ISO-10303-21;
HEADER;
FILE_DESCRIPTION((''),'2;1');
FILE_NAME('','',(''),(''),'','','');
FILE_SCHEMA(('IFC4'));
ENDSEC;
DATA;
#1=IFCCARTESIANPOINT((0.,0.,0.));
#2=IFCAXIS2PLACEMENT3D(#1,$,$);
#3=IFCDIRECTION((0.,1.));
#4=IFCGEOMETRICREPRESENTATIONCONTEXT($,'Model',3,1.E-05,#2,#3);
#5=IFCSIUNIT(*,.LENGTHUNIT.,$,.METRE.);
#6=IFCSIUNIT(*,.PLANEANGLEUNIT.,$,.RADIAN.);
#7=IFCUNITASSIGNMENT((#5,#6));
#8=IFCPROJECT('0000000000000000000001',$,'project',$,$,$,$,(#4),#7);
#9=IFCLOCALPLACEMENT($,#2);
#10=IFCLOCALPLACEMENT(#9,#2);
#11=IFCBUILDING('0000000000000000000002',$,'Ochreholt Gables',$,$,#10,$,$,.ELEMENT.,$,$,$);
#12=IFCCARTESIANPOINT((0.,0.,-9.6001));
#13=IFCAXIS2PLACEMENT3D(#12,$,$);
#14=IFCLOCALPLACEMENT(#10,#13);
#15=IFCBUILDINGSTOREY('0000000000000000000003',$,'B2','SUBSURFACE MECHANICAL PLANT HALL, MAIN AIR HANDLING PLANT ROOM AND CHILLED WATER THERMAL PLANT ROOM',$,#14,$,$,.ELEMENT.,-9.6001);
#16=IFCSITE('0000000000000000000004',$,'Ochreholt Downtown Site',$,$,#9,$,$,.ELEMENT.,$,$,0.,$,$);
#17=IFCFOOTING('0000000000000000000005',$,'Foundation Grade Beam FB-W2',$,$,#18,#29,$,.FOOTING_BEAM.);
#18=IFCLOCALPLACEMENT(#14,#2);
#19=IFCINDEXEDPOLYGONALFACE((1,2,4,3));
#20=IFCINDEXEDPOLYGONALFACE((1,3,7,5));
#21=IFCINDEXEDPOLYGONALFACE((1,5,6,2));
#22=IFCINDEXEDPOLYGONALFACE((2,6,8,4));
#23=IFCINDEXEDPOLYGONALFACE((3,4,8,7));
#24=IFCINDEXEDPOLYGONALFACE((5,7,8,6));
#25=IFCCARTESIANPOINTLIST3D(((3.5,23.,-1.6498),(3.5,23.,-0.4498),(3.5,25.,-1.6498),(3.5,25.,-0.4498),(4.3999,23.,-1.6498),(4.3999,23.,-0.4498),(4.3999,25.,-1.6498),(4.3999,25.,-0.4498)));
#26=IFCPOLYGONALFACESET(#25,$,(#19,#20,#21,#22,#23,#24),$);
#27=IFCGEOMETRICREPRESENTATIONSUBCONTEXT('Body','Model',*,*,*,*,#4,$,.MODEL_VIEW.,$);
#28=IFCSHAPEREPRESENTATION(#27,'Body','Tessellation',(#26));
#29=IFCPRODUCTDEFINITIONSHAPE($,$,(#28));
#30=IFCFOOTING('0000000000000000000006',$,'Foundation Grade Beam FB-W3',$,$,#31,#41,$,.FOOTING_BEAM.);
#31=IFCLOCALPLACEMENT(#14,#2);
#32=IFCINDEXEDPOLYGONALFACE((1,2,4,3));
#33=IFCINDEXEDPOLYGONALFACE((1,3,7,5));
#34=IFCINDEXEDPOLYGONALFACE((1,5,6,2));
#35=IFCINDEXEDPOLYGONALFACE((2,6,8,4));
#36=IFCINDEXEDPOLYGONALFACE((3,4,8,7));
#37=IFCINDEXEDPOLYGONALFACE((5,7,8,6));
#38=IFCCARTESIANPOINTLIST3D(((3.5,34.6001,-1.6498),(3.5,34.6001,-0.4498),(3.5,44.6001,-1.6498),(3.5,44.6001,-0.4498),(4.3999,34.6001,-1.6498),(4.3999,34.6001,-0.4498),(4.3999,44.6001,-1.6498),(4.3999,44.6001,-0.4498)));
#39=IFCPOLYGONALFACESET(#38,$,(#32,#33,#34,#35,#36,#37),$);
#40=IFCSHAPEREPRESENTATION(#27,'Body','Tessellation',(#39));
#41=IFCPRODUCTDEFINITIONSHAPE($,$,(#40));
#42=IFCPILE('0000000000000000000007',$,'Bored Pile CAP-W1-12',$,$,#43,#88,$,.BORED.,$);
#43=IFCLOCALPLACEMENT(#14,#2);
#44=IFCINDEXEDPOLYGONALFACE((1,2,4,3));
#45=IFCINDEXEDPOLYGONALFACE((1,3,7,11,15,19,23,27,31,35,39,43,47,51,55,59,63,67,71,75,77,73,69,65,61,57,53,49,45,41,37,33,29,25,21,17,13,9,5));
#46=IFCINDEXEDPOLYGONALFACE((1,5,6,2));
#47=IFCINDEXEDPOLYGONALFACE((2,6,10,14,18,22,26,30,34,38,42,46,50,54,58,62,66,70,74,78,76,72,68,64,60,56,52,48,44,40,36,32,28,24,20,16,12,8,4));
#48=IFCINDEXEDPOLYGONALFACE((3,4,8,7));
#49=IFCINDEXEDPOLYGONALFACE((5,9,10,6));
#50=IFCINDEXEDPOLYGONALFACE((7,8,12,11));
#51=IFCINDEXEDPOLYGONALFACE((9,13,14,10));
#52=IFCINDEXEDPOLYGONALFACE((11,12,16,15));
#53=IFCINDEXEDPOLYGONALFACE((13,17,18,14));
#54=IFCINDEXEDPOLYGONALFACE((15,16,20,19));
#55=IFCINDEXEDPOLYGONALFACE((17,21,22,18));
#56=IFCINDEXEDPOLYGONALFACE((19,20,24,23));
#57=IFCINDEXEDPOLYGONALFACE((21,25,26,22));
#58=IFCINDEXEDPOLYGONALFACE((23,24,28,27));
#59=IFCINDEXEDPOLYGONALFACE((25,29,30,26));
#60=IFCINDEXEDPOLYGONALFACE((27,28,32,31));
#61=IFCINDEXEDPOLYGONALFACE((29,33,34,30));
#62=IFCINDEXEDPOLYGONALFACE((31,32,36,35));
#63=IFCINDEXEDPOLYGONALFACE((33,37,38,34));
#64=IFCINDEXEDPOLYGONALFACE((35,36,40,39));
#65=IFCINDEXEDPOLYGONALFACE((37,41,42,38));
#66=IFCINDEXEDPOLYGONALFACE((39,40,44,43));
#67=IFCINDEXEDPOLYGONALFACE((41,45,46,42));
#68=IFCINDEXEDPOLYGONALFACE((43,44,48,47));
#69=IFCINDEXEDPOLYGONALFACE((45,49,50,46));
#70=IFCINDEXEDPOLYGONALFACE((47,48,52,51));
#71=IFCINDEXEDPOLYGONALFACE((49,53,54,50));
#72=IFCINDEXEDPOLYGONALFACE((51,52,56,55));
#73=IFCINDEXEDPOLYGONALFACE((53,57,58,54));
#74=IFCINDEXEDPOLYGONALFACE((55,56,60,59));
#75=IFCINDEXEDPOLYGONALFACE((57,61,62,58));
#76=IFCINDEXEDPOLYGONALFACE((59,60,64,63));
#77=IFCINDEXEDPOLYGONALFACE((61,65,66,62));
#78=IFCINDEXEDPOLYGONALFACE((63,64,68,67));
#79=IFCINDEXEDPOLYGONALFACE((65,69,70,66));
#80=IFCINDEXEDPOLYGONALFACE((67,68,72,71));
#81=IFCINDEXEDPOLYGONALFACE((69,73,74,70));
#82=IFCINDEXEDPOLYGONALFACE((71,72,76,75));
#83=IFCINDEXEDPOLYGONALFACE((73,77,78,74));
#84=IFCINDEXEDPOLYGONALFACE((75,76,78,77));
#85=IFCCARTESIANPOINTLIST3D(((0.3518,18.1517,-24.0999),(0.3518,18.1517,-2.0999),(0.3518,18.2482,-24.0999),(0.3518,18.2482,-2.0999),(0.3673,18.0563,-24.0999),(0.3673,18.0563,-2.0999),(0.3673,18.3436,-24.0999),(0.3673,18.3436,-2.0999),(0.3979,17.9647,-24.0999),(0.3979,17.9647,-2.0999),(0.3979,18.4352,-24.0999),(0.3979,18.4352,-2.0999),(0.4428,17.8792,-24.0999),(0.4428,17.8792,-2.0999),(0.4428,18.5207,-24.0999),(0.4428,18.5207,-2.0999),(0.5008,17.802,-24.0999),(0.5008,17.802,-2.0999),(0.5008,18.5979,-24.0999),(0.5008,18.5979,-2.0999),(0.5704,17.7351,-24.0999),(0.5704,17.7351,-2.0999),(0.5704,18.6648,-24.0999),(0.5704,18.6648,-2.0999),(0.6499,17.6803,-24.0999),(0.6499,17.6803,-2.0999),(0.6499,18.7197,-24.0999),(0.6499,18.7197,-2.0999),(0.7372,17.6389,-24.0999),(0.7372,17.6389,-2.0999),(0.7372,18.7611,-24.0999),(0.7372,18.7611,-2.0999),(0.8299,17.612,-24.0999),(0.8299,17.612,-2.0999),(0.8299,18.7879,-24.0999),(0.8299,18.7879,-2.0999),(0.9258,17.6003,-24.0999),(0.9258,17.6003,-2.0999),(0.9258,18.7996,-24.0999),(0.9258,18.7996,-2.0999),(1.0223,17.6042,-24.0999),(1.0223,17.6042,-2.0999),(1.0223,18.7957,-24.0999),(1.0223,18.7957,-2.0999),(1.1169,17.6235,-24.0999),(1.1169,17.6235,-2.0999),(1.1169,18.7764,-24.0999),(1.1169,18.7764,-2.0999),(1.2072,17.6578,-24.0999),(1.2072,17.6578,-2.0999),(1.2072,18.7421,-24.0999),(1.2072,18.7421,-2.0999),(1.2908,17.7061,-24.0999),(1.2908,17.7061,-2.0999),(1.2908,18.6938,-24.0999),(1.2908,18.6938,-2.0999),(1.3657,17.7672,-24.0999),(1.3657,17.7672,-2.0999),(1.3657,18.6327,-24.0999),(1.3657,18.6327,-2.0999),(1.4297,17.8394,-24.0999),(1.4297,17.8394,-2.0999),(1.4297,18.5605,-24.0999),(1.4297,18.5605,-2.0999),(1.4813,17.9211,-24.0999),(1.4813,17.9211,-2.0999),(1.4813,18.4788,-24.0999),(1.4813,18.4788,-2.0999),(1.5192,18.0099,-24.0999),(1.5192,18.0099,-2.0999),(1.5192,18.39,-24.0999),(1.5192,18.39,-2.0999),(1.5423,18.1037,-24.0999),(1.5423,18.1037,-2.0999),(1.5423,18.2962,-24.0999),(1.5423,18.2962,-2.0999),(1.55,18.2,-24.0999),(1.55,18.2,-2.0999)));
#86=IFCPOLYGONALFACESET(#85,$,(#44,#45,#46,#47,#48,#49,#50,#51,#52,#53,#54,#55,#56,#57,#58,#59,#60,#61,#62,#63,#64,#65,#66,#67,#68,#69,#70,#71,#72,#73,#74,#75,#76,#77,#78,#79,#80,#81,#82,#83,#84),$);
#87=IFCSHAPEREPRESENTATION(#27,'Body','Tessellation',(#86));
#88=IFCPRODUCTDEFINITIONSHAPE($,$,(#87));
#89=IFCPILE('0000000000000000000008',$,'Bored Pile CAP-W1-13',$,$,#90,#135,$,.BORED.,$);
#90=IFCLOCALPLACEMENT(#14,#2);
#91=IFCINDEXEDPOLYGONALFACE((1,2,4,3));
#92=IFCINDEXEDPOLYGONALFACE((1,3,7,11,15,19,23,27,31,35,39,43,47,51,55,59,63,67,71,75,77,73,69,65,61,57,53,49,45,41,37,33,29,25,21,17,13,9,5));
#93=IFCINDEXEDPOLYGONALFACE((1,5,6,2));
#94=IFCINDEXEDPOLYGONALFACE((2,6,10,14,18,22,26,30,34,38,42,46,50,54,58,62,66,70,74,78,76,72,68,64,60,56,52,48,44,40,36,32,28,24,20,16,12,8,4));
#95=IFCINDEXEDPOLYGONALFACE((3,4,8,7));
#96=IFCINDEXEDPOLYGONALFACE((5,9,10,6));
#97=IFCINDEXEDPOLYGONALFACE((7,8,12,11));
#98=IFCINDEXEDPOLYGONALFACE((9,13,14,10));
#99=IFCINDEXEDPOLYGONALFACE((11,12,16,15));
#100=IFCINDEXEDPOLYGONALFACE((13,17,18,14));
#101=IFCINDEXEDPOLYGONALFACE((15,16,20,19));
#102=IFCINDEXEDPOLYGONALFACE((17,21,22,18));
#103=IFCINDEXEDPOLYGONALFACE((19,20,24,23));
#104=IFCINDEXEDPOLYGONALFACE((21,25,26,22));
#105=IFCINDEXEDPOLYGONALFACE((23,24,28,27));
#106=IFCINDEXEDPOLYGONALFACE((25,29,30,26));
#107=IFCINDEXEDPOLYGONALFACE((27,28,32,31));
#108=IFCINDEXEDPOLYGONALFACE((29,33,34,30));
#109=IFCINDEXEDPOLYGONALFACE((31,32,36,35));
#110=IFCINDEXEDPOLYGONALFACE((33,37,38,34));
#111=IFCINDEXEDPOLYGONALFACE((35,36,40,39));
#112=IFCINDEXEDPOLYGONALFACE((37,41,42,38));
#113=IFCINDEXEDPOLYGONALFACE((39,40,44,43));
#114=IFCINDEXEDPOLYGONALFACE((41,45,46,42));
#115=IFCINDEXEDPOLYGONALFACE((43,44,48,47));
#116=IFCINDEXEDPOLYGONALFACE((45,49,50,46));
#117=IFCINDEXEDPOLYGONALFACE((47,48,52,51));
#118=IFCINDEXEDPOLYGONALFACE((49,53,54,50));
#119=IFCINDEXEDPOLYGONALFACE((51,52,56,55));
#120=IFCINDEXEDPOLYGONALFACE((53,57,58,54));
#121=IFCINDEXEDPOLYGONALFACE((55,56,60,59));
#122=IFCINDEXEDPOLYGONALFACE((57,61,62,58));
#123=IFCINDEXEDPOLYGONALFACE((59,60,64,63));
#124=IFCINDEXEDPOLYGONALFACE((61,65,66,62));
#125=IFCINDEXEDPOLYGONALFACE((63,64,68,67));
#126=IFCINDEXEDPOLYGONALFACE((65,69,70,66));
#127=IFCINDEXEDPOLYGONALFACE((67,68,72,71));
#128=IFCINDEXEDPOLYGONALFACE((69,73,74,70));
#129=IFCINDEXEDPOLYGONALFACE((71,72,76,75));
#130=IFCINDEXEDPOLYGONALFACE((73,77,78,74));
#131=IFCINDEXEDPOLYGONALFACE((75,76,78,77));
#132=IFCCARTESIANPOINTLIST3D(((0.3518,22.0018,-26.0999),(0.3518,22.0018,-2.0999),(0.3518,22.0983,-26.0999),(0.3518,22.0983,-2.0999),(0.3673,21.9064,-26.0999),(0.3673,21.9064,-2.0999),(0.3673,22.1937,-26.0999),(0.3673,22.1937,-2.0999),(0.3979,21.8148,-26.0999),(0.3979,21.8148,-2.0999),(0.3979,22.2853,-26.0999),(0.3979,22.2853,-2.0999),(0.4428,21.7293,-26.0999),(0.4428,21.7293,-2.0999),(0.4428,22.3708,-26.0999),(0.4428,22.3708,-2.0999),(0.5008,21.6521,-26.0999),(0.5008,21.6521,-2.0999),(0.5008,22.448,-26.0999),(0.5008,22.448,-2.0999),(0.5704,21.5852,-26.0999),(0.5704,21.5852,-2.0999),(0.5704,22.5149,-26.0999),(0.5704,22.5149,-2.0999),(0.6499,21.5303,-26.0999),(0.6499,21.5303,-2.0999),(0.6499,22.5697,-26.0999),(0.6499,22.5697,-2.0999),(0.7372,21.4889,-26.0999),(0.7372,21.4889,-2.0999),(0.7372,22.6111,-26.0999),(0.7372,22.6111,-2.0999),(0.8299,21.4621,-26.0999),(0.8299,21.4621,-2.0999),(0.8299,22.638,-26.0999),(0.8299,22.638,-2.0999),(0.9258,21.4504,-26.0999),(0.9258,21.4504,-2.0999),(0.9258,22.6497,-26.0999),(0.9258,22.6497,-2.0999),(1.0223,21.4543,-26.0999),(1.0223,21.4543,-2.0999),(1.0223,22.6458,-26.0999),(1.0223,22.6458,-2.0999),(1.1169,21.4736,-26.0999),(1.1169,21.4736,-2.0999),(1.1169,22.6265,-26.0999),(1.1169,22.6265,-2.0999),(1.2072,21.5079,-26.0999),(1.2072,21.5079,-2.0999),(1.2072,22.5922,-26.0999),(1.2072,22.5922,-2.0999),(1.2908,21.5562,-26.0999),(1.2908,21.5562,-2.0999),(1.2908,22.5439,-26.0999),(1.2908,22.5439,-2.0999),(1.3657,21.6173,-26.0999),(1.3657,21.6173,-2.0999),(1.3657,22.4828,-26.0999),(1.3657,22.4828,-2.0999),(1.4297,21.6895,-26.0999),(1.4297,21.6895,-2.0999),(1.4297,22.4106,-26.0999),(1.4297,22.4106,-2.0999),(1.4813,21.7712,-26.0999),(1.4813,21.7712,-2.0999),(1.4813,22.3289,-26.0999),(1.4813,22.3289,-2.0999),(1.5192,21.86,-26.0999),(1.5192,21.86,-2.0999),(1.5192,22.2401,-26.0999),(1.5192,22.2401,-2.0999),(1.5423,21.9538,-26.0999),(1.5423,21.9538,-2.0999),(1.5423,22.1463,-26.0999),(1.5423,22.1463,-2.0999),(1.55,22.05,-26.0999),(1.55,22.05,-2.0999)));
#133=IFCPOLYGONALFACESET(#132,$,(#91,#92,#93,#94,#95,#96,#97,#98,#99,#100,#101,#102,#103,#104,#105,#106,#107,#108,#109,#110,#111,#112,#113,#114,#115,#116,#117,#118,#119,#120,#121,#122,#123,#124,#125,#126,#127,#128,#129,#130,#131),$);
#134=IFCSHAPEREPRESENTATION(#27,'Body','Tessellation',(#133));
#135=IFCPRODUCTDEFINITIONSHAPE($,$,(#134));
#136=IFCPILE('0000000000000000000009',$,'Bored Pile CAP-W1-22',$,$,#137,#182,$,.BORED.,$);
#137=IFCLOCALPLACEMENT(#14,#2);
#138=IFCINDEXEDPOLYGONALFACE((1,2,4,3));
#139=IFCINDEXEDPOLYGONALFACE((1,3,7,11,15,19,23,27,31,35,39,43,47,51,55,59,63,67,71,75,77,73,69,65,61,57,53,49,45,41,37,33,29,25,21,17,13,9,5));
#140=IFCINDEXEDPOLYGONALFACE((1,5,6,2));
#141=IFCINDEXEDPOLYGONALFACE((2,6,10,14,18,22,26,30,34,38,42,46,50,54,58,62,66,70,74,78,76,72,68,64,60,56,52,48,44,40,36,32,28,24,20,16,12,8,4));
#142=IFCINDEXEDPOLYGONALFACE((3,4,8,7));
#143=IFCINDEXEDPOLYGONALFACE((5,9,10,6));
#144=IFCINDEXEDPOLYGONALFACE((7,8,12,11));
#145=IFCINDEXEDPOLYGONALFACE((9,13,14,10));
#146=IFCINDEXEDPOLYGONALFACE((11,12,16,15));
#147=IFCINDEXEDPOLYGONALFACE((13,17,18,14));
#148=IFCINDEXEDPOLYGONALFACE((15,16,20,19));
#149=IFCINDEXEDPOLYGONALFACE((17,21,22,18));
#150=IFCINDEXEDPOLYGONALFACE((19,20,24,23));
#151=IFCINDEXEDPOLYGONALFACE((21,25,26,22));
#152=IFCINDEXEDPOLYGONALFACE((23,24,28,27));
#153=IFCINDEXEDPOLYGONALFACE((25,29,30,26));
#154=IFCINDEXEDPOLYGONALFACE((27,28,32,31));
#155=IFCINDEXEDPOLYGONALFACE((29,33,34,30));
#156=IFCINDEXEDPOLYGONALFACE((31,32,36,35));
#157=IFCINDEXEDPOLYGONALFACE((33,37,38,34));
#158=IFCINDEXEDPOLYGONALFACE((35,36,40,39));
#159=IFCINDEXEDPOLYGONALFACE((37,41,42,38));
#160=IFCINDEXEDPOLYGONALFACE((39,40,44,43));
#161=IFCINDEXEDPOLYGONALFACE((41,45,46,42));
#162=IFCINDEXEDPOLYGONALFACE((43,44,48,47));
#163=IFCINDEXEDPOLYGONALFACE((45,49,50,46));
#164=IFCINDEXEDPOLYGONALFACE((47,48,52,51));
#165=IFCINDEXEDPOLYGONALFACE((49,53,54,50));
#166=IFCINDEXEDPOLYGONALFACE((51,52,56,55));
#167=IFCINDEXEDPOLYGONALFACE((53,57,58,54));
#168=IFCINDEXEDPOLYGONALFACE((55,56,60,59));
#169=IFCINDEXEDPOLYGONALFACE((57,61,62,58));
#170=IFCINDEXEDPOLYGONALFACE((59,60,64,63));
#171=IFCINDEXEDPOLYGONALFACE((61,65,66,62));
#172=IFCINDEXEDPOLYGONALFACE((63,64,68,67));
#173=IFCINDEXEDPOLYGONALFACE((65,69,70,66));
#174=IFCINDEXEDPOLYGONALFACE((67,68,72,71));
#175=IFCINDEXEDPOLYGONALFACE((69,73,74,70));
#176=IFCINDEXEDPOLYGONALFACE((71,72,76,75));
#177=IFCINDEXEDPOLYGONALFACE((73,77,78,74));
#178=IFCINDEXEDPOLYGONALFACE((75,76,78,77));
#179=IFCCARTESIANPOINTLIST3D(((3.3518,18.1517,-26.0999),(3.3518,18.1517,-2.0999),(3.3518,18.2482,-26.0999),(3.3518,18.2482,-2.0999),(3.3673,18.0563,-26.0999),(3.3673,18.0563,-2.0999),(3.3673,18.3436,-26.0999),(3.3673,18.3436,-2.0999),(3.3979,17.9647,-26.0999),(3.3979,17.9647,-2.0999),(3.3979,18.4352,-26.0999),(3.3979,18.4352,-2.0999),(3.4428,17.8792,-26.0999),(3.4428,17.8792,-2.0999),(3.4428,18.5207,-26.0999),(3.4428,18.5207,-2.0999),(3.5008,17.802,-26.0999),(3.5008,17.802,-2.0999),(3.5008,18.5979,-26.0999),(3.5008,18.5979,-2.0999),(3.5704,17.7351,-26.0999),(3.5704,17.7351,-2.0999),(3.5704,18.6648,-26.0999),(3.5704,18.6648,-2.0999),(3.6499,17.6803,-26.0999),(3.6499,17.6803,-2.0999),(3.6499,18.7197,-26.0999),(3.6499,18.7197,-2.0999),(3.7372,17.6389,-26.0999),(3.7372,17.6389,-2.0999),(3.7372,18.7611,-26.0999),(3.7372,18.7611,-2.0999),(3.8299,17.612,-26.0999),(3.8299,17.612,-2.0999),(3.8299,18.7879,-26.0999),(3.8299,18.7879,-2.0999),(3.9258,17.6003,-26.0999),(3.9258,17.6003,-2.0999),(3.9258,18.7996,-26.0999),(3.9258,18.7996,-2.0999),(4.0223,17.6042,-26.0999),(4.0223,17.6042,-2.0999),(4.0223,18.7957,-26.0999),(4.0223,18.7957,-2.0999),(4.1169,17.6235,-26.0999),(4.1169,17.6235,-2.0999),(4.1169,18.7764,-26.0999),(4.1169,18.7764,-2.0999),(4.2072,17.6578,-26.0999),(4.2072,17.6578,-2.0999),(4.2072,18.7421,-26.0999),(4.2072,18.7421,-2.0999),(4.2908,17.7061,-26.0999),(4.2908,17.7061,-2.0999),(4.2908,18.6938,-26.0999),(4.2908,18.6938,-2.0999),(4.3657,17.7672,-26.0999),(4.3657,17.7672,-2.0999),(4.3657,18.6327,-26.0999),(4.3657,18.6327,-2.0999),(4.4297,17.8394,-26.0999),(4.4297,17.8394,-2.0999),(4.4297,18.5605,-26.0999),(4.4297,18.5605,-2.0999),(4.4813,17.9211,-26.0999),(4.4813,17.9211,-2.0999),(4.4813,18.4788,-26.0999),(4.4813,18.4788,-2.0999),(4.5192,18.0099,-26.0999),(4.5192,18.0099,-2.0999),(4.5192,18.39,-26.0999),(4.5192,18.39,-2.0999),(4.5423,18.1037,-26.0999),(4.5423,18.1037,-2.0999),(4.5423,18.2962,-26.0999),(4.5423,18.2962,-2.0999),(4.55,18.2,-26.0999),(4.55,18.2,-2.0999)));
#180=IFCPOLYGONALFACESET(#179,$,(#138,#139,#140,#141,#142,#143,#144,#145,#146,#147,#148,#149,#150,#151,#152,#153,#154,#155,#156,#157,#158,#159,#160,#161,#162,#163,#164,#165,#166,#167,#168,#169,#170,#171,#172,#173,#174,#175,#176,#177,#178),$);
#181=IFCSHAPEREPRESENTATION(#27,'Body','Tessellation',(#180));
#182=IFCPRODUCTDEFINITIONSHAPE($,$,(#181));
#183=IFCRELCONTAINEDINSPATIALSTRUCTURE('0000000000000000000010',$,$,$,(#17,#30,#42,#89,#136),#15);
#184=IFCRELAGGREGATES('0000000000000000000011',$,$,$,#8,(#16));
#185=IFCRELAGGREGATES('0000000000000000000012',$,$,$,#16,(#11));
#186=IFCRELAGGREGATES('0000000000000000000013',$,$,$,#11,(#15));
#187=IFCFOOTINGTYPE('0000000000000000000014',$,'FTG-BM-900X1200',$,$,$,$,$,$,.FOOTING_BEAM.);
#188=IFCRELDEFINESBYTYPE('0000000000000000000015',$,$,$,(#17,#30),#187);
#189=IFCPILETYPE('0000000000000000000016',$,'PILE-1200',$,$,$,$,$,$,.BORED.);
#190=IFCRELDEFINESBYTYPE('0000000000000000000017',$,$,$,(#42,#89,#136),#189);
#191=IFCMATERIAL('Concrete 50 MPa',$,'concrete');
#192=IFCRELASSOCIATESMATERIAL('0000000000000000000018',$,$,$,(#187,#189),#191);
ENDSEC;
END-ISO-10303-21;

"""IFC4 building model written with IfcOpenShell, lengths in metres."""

from ifc_helpers import new_model, si_unit, direction, frame, origin, origin_2d, place, context, subcontext, project, spatial, rectangle, circle, extrude, material, material_profile, profile_set, type_object, element, save


model = new_model("IFC4")

# Units and contexts
model_context = context("Model", 3, precision=1e-05, world=origin(), true_north=direction((0.0, 1.0)))
body_context = subcontext(model_context, "Body", "Model", "MODEL_VIEW")
ifc_project = project(units=[si_unit("LENGTHUNIT", "METRE"), si_unit("PLANEANGLEUNIT", "RADIAN")], contexts=[model_context])

# Site, building, storey
site_placement = place(None, origin())
site = spatial("IfcSite", under=ifc_project, at=site_placement, Name="Ochreholt Downtown Site", CompositionType="ELEMENT", RefElevation=0.0)
building_placement = place(site_placement, origin())
building = spatial("IfcBuilding", under=site, at=building_placement, Name="Ochreholt Gables", CompositionType="ELEMENT")
storey_placement = place(building_placement, frame((0.0, 0.0, -9.6001)))
storey = spatial("IfcBuildingStorey", under=building, at=storey_placement, Name="B2", Description="SUBSURFACE MECHANICAL PLANT HALL, MAIN AIR HANDLING PLANT ROOM AND CHILLED WATER THERMAL PLANT ROOM", CompositionType="ELEMENT", Elevation=-9.6001)

# Footings
ifc_material_1 = material(Name="Concrete 50 MPa", Category="concrete")
ifc_material_profile_1 = material_profile(ifc_material_1, rectangle(XDim=0.8999, YDim=1.2, at=origin_2d()), Name="FB900X1200")
ifc_profile_set_1 = profile_set([ifc_material_profile_1], Name="Concrete 50 MPa")
footing_type = type_object("IfcFootingType", Name="FTG-BM-900X1200", PredefinedType="FOOTING_BEAM", material=ifc_profile_set_1)
footing_1_placement = place(storey_placement, frame((3.95, 23.0, -1.0498), z_axis=(0.0, 1.0, 0.0), x_axis=(-1.0, 0.0, 0.0)))
element("IfcFooting", 1, at=footing_1_placement, inside=storey, type_object=footing_type, Name="Foundation Grade Beam FB-W2", PredefinedType="FOOTING_BEAM", context=body_context, shape_type="SweptSolid", body=[
    extrude(rectangle(XDim=0.8999, YDim=1.2, at=origin_2d()), origin(), (0.0, 0.0, 1.0), 2.0),
])
footing_2_placement = place(storey_placement, frame((3.95, 34.6001, -1.0498), z_axis=(0.0, 1.0, 0.0), x_axis=(-1.0, 0.0, 0.0)))
element("IfcFooting", 2, at=footing_2_placement, inside=storey, type_object=footing_type, Name="Foundation Grade Beam FB-W3", PredefinedType="FOOTING_BEAM", context=body_context, shape_type="SweptSolid", body=[
    extrude(rectangle(XDim=0.8999, YDim=1.2, at=origin_2d()), origin(), (0.0, 0.0, 1.0), 10.0),
])

# Piles
ifc_material_profile_2 = material_profile(ifc_material_1, circle(Radius=0.6001, at=origin_2d()), Name="PILE1200")
ifc_profile_set_2 = profile_set([ifc_material_profile_2], Name="Concrete 50 MPa")
pile_type = type_object("IfcPileType", Name="PILE-1200", PredefinedType="BORED", material=ifc_profile_set_2)
pile_1_placement = place(storey_placement, frame((0.95, 18.2, -2.0999), z_axis=(0.0, 0.0, -1.0), x_axis=(1.0, 0.0, 0.0)))
element("IfcPile", 3, at=pile_1_placement, inside=storey, type_object=pile_type, Name="Bored Pile CAP-W1-12", PredefinedType="BORED", context=body_context, shape_type="SweptSolid", body=[
    extrude(circle(Radius=0.6001, at=origin_2d()), origin(), (0.0, 0.0, 1.0), 22.0),
])
for number, where, z_axis, x_axis, name in (
    (4, (0.95, 22.05, -2.0999), (0.0, 0.0, -1.0), (1.0, 0.0, 0.0), "Bored Pile CAP-W1-13"),
    (5, (3.95, 18.2, -2.0999), (0.0, 0.0, -1.0), (1.0, 0.0, 0.0), "Bored Pile CAP-W1-22"),
):
    element("IfcPile", number, at=place(storey_placement, frame(where, z_axis=z_axis, x_axis=x_axis)), inside=storey, type_object=pile_type, Name=name, PredefinedType="BORED", context=body_context, shape_type="SweptSolid", body=[
        extrude(circle(Radius=0.6001, at=origin_2d()), origin(), (0.0, 0.0, 1.0), 24.0),
    ])

save(model, "model.ifc")
